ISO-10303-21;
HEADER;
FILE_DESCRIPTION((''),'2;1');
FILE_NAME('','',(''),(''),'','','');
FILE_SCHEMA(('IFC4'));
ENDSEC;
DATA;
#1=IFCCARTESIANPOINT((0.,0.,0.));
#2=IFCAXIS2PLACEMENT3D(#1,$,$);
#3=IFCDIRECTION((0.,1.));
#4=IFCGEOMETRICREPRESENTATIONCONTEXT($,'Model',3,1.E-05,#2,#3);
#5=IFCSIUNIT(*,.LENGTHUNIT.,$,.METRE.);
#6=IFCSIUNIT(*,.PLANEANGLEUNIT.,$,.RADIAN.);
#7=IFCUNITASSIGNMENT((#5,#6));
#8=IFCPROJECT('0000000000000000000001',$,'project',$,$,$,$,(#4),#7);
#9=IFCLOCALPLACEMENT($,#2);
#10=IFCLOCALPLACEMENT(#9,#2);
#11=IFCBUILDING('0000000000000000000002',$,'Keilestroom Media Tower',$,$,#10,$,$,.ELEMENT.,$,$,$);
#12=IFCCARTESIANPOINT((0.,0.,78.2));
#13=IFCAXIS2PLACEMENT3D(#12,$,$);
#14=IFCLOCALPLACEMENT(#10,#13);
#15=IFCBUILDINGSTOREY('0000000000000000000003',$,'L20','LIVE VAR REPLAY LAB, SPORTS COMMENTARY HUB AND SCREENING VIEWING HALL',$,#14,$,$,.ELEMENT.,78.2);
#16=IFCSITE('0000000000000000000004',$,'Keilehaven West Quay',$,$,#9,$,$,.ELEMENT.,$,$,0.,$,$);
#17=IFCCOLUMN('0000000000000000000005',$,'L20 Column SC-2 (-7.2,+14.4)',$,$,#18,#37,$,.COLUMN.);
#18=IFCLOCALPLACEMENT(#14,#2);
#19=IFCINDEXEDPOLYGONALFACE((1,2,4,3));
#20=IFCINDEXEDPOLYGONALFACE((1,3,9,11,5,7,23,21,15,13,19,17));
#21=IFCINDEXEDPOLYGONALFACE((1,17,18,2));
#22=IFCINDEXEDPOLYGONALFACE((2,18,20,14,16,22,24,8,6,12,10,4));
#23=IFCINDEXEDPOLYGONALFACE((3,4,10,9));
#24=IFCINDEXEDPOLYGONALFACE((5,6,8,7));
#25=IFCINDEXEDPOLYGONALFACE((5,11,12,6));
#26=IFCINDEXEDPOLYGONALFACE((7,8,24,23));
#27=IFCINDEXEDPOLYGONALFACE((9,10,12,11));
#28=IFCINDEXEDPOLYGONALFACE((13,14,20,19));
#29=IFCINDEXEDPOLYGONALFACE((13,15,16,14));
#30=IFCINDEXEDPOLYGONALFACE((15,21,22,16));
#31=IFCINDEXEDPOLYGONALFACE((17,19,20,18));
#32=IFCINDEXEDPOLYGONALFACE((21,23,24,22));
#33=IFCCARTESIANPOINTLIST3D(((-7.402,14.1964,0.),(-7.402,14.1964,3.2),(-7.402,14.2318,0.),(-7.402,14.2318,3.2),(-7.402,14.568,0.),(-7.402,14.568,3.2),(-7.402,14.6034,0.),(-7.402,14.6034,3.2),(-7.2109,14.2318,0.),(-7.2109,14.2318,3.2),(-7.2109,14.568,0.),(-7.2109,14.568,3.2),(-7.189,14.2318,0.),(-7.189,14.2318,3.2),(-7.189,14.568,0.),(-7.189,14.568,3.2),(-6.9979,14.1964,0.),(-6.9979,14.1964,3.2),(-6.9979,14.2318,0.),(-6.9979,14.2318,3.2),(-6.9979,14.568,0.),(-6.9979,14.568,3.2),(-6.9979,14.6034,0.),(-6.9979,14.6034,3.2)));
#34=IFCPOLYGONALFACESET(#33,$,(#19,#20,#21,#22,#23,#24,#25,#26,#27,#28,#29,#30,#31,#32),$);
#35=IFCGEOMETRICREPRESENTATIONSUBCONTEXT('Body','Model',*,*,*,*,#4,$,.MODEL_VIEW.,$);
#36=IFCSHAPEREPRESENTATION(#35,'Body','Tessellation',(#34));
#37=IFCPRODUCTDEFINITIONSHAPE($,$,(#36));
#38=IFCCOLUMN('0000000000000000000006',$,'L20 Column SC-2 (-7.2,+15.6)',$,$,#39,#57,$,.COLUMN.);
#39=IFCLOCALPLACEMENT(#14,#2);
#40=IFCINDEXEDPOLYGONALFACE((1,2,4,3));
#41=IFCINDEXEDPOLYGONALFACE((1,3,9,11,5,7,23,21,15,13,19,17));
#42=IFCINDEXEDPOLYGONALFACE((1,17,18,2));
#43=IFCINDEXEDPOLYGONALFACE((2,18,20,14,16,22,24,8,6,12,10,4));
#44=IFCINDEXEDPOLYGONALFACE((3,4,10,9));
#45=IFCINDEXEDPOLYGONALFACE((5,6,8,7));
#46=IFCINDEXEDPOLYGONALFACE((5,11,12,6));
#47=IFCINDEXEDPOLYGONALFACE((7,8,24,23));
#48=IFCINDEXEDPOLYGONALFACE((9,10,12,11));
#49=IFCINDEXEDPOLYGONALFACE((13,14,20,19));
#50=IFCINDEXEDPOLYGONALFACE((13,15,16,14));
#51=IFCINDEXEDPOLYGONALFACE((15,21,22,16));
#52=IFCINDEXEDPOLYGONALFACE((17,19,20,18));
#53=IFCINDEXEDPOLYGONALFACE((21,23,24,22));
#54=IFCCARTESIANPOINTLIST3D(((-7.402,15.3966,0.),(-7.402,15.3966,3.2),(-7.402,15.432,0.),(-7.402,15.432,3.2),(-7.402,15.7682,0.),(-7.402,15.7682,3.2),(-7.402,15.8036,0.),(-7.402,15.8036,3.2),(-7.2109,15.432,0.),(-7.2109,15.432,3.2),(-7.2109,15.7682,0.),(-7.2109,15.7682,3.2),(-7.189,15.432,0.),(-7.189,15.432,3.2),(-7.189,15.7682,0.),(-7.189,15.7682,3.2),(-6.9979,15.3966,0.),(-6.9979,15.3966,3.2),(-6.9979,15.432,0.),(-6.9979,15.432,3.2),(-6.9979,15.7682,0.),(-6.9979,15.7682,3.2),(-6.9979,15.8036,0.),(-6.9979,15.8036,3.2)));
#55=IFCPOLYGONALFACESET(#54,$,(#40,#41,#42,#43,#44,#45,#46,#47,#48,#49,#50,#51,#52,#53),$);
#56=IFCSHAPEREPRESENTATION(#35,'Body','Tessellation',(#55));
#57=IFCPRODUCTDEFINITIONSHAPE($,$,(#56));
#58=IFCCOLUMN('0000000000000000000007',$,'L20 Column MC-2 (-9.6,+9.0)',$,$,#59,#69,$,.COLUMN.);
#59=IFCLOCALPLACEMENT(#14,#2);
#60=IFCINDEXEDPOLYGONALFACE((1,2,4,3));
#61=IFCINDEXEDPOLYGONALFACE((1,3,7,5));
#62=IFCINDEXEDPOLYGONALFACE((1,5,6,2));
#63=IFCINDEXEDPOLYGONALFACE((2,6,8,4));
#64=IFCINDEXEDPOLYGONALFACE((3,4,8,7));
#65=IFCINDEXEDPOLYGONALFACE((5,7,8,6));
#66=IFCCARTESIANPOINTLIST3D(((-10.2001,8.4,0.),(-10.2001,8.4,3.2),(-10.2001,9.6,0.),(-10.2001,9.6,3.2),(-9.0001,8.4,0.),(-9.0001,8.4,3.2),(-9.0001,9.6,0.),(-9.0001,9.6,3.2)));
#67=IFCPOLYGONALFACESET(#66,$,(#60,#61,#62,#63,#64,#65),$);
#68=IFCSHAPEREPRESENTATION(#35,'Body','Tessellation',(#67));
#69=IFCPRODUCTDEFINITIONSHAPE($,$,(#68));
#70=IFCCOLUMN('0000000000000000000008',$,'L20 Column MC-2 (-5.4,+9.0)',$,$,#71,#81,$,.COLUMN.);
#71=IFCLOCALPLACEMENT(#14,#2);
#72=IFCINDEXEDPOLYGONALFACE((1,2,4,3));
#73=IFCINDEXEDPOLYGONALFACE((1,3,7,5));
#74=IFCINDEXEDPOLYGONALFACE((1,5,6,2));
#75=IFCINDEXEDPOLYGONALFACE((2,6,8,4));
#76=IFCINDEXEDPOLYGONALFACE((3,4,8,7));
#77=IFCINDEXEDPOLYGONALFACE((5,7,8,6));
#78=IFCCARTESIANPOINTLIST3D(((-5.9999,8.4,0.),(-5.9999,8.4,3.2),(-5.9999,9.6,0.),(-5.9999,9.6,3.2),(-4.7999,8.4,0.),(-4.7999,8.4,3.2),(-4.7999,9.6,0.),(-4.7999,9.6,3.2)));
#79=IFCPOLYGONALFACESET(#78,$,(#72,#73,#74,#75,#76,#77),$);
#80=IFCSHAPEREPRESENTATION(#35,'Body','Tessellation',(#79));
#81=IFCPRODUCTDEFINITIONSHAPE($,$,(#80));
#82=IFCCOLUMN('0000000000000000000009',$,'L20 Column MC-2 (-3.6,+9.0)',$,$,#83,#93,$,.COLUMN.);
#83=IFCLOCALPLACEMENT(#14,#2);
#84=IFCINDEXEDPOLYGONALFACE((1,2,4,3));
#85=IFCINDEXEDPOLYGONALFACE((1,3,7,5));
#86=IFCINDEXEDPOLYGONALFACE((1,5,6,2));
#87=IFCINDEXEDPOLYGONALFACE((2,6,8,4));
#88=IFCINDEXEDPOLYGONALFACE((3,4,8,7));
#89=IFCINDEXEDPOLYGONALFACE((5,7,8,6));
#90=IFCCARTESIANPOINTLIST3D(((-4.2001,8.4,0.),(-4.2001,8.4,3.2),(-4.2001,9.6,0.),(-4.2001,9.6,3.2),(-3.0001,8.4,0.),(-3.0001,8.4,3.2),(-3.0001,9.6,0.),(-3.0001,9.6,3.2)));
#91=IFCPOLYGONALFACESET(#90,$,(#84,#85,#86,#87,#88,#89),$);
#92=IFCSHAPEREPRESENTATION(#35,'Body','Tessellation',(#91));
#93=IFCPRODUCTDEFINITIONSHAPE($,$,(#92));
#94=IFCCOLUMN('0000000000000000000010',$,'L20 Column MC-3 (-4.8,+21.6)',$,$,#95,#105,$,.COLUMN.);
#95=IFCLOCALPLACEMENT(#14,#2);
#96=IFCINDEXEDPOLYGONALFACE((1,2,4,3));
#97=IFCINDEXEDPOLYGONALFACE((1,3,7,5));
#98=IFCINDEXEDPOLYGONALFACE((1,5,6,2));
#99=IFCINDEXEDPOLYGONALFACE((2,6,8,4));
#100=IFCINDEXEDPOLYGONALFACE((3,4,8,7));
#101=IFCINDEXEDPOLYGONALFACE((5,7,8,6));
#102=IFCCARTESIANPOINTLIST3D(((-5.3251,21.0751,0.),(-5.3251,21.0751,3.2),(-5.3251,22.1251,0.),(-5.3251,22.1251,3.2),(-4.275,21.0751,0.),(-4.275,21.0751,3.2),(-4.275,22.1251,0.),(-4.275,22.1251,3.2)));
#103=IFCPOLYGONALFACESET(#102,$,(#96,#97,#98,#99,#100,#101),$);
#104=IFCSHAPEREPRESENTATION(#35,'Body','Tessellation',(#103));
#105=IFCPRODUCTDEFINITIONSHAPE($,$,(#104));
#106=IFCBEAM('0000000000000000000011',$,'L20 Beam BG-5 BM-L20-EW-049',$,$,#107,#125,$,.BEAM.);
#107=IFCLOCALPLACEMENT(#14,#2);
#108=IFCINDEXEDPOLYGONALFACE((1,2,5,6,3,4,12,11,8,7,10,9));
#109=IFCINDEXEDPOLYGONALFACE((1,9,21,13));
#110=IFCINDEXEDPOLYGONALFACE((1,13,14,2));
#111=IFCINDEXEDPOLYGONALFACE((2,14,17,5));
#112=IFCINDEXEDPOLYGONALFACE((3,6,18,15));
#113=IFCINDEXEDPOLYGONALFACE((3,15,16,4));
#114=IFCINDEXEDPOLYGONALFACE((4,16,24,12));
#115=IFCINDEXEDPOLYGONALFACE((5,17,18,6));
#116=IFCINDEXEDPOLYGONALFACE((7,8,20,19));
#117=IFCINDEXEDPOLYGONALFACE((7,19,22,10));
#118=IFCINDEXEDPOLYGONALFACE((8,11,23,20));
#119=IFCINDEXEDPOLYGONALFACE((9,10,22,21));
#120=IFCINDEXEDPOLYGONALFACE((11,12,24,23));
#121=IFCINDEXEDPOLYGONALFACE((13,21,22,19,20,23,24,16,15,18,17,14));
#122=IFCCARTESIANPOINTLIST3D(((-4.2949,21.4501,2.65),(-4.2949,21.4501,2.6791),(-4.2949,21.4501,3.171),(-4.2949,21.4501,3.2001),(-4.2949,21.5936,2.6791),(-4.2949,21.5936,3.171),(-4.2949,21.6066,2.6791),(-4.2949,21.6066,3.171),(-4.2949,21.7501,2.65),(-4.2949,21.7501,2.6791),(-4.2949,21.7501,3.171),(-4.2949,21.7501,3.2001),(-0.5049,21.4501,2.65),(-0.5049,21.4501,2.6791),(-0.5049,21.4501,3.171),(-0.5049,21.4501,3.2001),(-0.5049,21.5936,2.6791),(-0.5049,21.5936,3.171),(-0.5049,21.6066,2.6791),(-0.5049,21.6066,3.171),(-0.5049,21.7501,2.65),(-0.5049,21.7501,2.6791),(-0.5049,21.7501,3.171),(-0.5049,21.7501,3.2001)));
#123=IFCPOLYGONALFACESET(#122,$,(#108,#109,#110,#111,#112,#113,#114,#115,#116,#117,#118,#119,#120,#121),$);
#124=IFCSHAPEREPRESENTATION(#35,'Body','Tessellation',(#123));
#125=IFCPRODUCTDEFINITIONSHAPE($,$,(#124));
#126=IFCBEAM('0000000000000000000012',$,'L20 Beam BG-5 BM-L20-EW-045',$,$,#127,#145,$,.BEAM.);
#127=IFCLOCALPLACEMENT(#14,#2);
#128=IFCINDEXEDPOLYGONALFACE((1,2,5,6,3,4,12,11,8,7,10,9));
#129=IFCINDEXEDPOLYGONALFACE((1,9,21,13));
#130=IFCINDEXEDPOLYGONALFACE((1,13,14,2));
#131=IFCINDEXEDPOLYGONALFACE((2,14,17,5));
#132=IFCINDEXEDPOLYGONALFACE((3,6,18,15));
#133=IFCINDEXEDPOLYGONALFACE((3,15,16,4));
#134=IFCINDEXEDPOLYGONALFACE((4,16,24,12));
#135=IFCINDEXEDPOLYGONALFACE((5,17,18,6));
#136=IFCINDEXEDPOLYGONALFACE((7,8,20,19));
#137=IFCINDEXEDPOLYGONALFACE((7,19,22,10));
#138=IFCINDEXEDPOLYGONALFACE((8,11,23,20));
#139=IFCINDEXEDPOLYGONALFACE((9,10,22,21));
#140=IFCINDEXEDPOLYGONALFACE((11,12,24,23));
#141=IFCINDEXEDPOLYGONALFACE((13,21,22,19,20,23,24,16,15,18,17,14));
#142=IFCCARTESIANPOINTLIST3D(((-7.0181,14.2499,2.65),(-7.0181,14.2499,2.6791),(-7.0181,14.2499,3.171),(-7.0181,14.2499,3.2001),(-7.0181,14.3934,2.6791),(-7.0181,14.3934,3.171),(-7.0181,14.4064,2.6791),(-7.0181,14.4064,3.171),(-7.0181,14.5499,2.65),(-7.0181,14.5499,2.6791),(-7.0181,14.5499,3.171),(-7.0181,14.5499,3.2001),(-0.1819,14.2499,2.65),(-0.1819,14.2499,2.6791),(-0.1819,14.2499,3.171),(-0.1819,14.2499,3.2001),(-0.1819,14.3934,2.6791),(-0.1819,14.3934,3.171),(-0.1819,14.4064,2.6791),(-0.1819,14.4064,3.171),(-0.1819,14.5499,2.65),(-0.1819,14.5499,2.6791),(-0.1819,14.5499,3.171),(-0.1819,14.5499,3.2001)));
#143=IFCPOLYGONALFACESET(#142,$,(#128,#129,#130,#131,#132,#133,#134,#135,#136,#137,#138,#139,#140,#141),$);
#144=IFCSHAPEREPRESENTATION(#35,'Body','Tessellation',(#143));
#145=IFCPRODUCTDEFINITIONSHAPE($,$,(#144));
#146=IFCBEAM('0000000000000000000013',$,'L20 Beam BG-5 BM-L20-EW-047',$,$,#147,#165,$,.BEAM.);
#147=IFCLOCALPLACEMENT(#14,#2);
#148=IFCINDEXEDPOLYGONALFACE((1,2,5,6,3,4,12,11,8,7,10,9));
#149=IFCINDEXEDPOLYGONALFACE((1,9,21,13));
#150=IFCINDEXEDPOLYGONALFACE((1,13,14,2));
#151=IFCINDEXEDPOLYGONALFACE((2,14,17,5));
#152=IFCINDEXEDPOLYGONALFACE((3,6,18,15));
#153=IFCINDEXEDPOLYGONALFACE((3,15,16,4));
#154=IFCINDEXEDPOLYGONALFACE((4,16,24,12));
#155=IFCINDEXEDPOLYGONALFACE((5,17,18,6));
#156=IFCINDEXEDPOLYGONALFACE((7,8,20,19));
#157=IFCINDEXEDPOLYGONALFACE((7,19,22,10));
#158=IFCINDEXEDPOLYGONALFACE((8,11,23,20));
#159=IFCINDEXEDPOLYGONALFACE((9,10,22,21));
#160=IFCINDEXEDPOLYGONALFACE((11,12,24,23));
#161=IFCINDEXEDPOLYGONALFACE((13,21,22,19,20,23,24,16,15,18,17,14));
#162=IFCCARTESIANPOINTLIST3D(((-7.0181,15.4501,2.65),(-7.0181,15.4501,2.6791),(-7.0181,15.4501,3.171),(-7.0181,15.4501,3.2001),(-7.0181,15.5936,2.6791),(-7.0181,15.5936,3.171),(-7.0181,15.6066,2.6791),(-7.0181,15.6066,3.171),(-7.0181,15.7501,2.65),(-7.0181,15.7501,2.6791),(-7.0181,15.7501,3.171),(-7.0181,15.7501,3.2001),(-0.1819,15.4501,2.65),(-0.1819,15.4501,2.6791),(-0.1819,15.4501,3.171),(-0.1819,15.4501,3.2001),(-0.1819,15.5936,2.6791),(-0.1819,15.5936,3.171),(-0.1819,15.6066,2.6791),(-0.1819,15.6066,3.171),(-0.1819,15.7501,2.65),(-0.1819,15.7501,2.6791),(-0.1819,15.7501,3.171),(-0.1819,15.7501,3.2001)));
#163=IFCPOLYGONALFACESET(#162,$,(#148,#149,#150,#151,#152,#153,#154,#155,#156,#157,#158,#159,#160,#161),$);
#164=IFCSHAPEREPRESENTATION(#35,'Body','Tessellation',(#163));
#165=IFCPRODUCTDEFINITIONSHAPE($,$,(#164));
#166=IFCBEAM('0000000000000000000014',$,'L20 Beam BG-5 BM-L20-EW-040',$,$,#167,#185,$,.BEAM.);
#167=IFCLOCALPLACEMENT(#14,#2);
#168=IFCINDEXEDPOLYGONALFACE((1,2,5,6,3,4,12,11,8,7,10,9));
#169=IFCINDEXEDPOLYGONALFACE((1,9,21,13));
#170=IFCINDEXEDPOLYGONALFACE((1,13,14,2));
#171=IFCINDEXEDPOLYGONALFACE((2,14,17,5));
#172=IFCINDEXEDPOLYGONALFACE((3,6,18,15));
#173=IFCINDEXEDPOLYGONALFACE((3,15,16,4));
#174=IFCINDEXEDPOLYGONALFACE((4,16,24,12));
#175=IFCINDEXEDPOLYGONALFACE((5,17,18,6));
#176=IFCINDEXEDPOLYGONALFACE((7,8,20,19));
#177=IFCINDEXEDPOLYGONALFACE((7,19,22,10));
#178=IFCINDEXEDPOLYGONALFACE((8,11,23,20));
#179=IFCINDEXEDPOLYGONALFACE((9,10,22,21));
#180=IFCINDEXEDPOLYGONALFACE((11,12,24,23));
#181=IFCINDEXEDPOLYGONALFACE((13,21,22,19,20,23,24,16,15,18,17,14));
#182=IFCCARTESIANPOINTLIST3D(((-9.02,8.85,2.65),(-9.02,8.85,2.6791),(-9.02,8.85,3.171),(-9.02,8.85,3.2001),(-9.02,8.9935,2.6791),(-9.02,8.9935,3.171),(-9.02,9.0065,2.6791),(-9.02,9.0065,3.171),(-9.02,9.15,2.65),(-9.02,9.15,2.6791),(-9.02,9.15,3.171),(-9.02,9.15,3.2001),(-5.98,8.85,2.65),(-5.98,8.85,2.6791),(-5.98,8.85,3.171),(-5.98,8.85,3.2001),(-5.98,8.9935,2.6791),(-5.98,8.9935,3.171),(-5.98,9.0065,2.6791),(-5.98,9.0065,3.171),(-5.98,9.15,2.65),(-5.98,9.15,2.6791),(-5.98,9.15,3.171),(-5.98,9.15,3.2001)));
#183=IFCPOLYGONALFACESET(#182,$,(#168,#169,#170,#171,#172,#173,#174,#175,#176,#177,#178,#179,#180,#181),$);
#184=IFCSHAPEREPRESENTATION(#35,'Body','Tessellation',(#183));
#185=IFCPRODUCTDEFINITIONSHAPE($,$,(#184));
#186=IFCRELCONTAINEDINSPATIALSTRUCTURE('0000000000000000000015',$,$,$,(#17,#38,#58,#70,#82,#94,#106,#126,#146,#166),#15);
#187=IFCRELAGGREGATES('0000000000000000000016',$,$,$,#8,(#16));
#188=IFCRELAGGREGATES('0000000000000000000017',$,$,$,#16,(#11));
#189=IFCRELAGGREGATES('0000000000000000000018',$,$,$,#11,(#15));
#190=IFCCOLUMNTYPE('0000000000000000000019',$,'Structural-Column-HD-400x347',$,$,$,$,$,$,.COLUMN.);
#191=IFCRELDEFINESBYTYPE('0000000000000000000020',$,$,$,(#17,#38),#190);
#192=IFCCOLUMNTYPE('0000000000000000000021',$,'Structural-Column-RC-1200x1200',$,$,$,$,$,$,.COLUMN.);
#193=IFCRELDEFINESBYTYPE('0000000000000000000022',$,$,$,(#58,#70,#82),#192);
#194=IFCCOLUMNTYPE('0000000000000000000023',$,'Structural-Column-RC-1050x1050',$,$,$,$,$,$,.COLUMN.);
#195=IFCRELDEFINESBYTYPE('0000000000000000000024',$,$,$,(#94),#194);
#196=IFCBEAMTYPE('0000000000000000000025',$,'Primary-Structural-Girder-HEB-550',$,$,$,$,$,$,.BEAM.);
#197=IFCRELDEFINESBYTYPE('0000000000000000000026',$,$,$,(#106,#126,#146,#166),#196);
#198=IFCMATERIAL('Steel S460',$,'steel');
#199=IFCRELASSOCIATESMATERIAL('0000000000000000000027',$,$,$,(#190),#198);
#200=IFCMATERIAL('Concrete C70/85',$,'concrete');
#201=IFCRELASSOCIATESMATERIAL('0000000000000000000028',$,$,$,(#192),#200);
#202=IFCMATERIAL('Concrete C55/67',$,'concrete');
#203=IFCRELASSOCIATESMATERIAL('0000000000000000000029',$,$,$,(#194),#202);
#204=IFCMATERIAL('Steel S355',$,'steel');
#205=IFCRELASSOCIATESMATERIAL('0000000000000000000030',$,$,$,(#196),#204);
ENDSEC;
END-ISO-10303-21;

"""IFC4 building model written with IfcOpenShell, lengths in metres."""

from ifc_helpers import new_model, si_unit, direction, frame, origin, origin_2d, place, context, subcontext, project, spatial, rectangle, i_section, extrude, source, transform, mapped, material, material_profile, profile_set, type_object, element, save


model = new_model("IFC4")

# Units and contexts
model_context = context("Model", 3, precision=1e-05, world=origin(), true_north=direction((0.0, 1.0)))
body_context = subcontext(model_context, "Body", "Model", "MODEL_VIEW")
ifc_project = project(units=[si_unit("LENGTHUNIT", "METRE"), si_unit("PLANEANGLEUNIT", "RADIAN")], contexts=[model_context])

# Site, building, storey
site_placement = place(None, origin())
site = spatial("IfcSite", under=ifc_project, at=site_placement, Name="Keilehaven West Quay", CompositionType="ELEMENT", RefElevation=0.0)
building_placement = place(site_placement, origin())
building = spatial("IfcBuilding", under=site, at=building_placement, Name="Keilestroom Media Tower", CompositionType="ELEMENT")
storey_placement = place(building_placement, frame((0.0, 0.0, 78.2)))
storey = spatial("IfcBuildingStorey", under=building, at=storey_placement, Name="L20", Description="LIVE VAR REPLAY LAB, SPORTS COMMENTARY HUB AND SCREENING VIEWING HALL", CompositionType="ELEMENT", Elevation=78.2)

# Columns
ifc_material_1 = material(Name="Steel S460", Category="steel")
ifc_material_profile_1 = material_profile(ifc_material_1, i_section(OverallWidth=0.4041, OverallDepth=0.407, WebThickness=0.022, FlangeThickness=0.0354, at=origin_2d()), Name="HD 400x347")
ifc_profile_set_1 = profile_set([ifc_material_profile_1], Name="Steel S460")
column_type_1 = type_object("IfcColumnType", Name="Structural-Column-HD-400x347", PredefinedType="COLUMN", material=ifc_profile_set_1)
shared_shape_1 = source(origin(), body_context, "Body", "SweptSolid", [
    extrude(i_section(OverallWidth=0.4041, OverallDepth=0.407, WebThickness=0.022, FlangeThickness=0.0354, at=origin_2d()), origin(), (0.0, 0.0, 1.0), 3.2),
])
for number, where, z_axis, x_axis, name in (
    (1, (-7.2, 14.3999, 0.0), (0.0, 0.0, 1.0), (1.0, 0.0, 0.0), "L20 Column SC-2 (-7.2,+14.4)"),
    (2, (-7.2, 15.6001, 0.0), (0.0, 0.0, 1.0), (1.0, 0.0, 0.0), "L20 Column SC-2 (-7.2,+15.6)"),
):
    element("IfcColumn", number, at=place(storey_placement, frame(where, z_axis=z_axis, x_axis=x_axis)), inside=storey, type_object=column_type_1, Name=name, PredefinedType="COLUMN", context=body_context, shape_type="MappedRepresentation", body=[
        mapped(shared_shape_1, transform((0.0, 0.0, 0.0), x_axis=(1.0, 0.0, 0.0), y_axis=(0.0, 1.0, 0.0), z_axis=(0.0, 0.0, 1.0), scale=1.0)),
    ])
ifc_material_2 = material(Name="Concrete C70/85", Category="concrete")
ifc_material_profile_2 = material_profile(ifc_material_2, rectangle(XDim=1.2, YDim=1.2, at=origin_2d()), Name="RC 1200x1200")
ifc_profile_set_2 = profile_set([ifc_material_profile_2], Name="Concrete C70/85")
column_type_2 = type_object("IfcColumnType", Name="Structural-Column-RC-1200x1200", PredefinedType="COLUMN", material=ifc_profile_set_2)
shared_shape_2 = source(origin(), body_context, "Body", "SweptSolid", [
    extrude(rectangle(XDim=1.2, YDim=1.2, at=origin_2d()), origin(), (0.0, 0.0, 1.0), 3.2),
])
for number, where, z_axis, x_axis, name in (
    (3, (-9.6001, 9.0, 0.0), (0.0, 0.0, 1.0), (1.0, 0.0, 0.0), "L20 Column MC-2 (-9.6,+9.0)"),
    (4, (-5.3999, 9.0, 0.0), (0.0, 0.0, 1.0), (1.0, 0.0, 0.0), "L20 Column MC-2 (-5.4,+9.0)"),
    (5, (-3.6001, 9.0, 0.0), (0.0, 0.0, 1.0), (1.0, 0.0, 0.0), "L20 Column MC-2 (-3.6,+9.0)"),
):
    element("IfcColumn", number, at=place(storey_placement, frame(where, z_axis=z_axis, x_axis=x_axis)), inside=storey, type_object=column_type_2, Name=name, PredefinedType="COLUMN", context=body_context, shape_type="MappedRepresentation", body=[
        mapped(shared_shape_2, transform((0.0, 0.0, 0.0), x_axis=(1.0, 0.0, 0.0), y_axis=(0.0, 1.0, 0.0), z_axis=(0.0, 0.0, 1.0), scale=1.0)),
    ])
ifc_material_3 = material(Name="Concrete C55/67", Category="concrete")
ifc_material_profile_3 = material_profile(ifc_material_3, rectangle(XDim=1.05, YDim=1.05, at=origin_2d()), Name="RC 1050x1050")
ifc_profile_set_3 = profile_set([ifc_material_profile_3], Name="Concrete C55/67")
column_type_3 = type_object("IfcColumnType", Name="Structural-Column-RC-1050x1050", PredefinedType="COLUMN", material=ifc_profile_set_3)
shared_shape_3 = source(origin(), body_context, "Body", "SweptSolid", [
    extrude(rectangle(XDim=1.05, YDim=1.05, at=origin_2d()), origin(), (0.0, 0.0, 1.0), 3.2),
])
column_placement = place(storey_placement, frame((-4.8, 21.6001, 0.0), z_axis=(0.0, 0.0, 1.0), x_axis=(1.0, 0.0, 0.0)))
element("IfcColumn", 6, at=column_placement, inside=storey, type_object=column_type_3, Name="L20 Column MC-3 (-4.8,+21.6)", PredefinedType="COLUMN", context=body_context, shape_type="MappedRepresentation", body=[
    mapped(shared_shape_3, transform((0.0, 0.0, 0.0), x_axis=(1.0, 0.0, 0.0), y_axis=(0.0, 1.0, 0.0), z_axis=(0.0, 0.0, 1.0), scale=1.0)),
])

# Beams
ifc_material_4 = material(Name="Steel S355", Category="steel")
ifc_material_profile_4 = material_profile(ifc_material_4, i_section(OverallWidth=0.3, OverallDepth=0.55, WebThickness=0.0129, FlangeThickness=0.0291, at=origin_2d()), Name="HEB 550")
ifc_profile_set_4 = profile_set([ifc_material_profile_4], Name="Steel S355")
beam_type = type_object("IfcBeamType", Name="Primary-Structural-Girder-HEB-550", PredefinedType="BEAM", material=ifc_profile_set_4)
shared_shape_4 = source(origin(), body_context, "Body", "SweptSolid", [
    extrude(i_section(OverallWidth=0.3, OverallDepth=0.55, WebThickness=0.0129, FlangeThickness=0.0291, at=origin_2d()), origin(), (0.0, 0.0, 1.0), 3.79),
])
beam_1_placement = place(storey_placement, frame((-4.2949, 21.6001, 2.925), z_axis=(1.0, 0.0, 0.0), x_axis=(0.0, 1.0, 0.0)))
element("IfcBeam", 7, at=beam_1_placement, inside=storey, type_object=beam_type, Name="L20 Beam BG-5 BM-L20-EW-049", PredefinedType="BEAM", context=body_context, shape_type="MappedRepresentation", body=[
    mapped(shared_shape_4, transform((0.0, 0.0, 0.0), x_axis=(1.0, 0.0, 0.0), y_axis=(0.0, 1.0, 0.0), z_axis=(0.0, 0.0, 1.0), scale=1.0)),
])
shared_shape_5 = source(origin(), body_context, "Body", "SweptSolid", [
    extrude(i_section(OverallWidth=0.3, OverallDepth=0.55, WebThickness=0.0129, FlangeThickness=0.0291, at=origin_2d()), origin(), (0.0, 0.0, 1.0), 6.8362),
])
for number, where, z_axis, x_axis, name in (
    (8, (-7.0181, 14.3999, 2.925), (1.0, 0.0, 0.0), (0.0, 1.0, 0.0), "L20 Beam BG-5 BM-L20-EW-045"),
    (9, (-7.0181, 15.6001, 2.925), (1.0, 0.0, 0.0), (0.0, 1.0, 0.0), "L20 Beam BG-5 BM-L20-EW-047"),
):
    element("IfcBeam", number, at=place(storey_placement, frame(where, z_axis=z_axis, x_axis=x_axis)), inside=storey, type_object=beam_type, Name=name, PredefinedType="BEAM", context=body_context, shape_type="MappedRepresentation", body=[
        mapped(shared_shape_5, transform((0.0, 0.0, 0.0), x_axis=(1.0, 0.0, 0.0), y_axis=(0.0, 1.0, 0.0), z_axis=(0.0, 0.0, 1.0), scale=1.0)),
    ])
shared_shape_6 = source(origin(), body_context, "Body", "SweptSolid", [
    extrude(i_section(OverallWidth=0.3, OverallDepth=0.55, WebThickness=0.0129, FlangeThickness=0.0291, at=origin_2d()), origin(), (0.0, 0.0, 1.0), 3.04),
])
beam_2_placement = place(storey_placement, frame((-9.02, 9.0, 2.925), z_axis=(1.0, 0.0, 0.0), x_axis=(0.0, 1.0, 0.0)))
element("IfcBeam", 10, at=beam_2_placement, inside=storey, type_object=beam_type, Name="L20 Beam BG-5 BM-L20-EW-040", PredefinedType="BEAM", context=body_context, shape_type="MappedRepresentation", body=[
    mapped(shared_shape_6, transform((0.0, 0.0, 0.0), x_axis=(1.0, 0.0, 0.0), y_axis=(0.0, 1.0, 0.0), z_axis=(0.0, 0.0, 1.0), scale=1.0)),
])

save(model, "model.ifc")
